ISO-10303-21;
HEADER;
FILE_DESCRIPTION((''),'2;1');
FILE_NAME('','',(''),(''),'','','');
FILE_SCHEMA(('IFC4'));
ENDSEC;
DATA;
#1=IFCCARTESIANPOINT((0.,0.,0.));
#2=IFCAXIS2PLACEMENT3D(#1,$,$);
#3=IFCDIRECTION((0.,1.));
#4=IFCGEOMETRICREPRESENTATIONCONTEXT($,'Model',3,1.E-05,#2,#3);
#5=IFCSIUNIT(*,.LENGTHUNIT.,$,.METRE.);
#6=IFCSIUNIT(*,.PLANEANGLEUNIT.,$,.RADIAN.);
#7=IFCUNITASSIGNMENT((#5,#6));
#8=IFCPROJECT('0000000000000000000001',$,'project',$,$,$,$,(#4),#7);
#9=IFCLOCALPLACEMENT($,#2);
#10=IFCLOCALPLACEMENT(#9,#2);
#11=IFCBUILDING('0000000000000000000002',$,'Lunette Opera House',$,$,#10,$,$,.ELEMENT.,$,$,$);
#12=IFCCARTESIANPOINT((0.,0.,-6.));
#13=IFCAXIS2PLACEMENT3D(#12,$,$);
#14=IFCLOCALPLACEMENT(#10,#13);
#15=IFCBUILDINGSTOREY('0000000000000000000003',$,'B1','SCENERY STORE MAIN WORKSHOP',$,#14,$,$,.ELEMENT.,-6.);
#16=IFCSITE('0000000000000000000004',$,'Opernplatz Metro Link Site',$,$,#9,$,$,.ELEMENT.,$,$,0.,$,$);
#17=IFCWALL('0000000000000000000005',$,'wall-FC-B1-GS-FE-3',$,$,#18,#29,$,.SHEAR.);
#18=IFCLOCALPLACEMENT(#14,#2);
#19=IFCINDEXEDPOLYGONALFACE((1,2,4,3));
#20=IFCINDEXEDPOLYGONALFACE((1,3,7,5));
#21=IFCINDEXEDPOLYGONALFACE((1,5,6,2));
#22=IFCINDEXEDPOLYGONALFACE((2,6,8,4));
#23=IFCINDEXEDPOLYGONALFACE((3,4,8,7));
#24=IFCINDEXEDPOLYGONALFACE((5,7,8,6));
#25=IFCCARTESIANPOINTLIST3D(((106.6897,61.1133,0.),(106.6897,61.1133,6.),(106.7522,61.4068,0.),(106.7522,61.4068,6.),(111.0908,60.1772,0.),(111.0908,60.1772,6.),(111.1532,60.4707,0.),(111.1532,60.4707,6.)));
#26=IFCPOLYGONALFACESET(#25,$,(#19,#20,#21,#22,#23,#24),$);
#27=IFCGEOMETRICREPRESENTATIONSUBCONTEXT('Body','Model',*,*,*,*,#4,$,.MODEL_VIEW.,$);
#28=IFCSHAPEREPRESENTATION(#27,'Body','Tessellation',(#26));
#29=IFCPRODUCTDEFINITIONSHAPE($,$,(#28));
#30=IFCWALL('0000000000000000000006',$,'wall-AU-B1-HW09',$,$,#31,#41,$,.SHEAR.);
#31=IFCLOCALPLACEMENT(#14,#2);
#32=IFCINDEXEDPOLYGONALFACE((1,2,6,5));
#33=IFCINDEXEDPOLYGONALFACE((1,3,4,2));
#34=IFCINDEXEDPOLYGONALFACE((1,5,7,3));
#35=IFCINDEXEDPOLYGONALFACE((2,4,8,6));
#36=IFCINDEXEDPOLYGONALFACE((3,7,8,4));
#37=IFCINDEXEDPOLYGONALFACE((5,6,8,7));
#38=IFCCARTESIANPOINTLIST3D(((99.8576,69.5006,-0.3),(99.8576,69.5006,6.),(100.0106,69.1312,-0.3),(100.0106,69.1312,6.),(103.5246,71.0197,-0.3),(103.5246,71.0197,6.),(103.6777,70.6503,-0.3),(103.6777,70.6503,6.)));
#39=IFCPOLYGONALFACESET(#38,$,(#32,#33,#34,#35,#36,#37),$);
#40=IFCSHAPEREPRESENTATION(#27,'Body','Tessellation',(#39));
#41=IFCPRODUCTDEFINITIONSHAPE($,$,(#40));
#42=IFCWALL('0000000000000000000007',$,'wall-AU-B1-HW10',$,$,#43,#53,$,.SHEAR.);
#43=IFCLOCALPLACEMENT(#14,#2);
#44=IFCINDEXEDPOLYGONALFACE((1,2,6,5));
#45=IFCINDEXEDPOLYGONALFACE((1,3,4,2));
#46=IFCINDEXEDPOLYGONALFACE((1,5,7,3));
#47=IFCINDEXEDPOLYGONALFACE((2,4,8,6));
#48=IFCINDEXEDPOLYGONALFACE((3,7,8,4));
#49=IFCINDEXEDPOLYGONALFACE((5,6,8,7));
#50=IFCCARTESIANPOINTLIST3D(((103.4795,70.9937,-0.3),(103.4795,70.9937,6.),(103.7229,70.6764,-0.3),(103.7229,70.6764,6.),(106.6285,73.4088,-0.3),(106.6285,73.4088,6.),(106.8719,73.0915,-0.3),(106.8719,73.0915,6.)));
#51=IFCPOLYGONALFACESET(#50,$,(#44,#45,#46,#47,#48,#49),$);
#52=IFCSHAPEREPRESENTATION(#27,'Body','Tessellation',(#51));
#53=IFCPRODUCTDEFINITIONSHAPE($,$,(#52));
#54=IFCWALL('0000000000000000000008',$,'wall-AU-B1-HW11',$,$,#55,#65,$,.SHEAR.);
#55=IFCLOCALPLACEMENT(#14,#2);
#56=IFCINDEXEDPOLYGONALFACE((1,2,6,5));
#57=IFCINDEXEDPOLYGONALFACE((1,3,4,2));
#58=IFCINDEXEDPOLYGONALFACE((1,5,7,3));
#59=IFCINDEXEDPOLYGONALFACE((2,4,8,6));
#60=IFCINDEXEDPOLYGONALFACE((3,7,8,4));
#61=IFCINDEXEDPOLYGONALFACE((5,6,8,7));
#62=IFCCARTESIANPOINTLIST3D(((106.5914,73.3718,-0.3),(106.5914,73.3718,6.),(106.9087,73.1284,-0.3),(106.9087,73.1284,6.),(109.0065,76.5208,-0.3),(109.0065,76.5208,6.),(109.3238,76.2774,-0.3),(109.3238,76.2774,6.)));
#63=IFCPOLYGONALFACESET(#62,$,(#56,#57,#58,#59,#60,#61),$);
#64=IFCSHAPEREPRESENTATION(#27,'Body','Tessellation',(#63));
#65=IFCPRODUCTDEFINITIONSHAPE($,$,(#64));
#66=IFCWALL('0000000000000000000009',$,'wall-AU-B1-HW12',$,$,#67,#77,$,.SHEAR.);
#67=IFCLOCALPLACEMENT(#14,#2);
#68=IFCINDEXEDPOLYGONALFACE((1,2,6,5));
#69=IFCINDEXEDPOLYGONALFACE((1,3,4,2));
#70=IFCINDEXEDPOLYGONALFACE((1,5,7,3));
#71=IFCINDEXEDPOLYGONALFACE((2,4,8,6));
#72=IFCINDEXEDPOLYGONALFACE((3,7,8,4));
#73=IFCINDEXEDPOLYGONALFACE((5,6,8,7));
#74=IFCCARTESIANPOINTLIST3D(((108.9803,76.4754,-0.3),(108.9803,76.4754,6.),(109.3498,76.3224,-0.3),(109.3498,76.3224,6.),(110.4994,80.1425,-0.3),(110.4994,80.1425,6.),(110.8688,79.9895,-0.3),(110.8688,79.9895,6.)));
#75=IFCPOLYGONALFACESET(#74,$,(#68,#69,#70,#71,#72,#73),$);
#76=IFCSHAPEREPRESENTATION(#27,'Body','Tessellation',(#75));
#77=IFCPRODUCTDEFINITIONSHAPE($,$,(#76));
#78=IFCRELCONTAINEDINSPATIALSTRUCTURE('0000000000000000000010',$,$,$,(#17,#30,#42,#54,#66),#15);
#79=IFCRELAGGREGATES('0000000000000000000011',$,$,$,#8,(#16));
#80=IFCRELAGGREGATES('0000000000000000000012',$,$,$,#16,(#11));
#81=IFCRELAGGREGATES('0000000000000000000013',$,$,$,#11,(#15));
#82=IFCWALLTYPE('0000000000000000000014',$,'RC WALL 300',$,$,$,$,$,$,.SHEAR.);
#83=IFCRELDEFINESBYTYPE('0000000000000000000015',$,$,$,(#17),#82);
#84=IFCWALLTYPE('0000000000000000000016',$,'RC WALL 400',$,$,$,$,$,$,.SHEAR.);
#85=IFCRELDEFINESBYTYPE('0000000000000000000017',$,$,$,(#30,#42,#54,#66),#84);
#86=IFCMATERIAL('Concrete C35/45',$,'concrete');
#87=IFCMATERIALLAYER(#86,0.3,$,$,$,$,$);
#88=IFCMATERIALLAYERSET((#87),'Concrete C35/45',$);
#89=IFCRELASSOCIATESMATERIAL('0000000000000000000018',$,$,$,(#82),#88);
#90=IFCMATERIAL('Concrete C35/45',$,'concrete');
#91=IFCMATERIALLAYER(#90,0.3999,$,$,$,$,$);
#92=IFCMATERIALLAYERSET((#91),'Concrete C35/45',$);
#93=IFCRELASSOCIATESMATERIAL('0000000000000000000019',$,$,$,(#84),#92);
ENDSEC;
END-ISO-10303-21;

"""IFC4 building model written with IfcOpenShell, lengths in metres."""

from ifc_helpers import new_model, si_unit, direction, frame, frame_2d, origin, place, context, subcontext, project, spatial, rectangle, extrude, material, layer, layer_set, type_object, element, save


model = new_model("IFC4")

# Units and contexts
model_context = context("Model", 3, precision=1e-05, world=origin(), true_north=direction((0.0, 1.0)))
body_context = subcontext(model_context, "Body", "Model", "MODEL_VIEW")
ifc_project = project(units=[si_unit("LENGTHUNIT", "METRE"), si_unit("PLANEANGLEUNIT", "RADIAN")], contexts=[model_context])

# Site, building, storey
site_placement = place(None, origin())
site = spatial("IfcSite", under=ifc_project, at=site_placement, Name="Opernplatz Metro Link Site", CompositionType="ELEMENT", RefElevation=0.0)
building_placement = place(site_placement, origin())
building = spatial("IfcBuilding", under=site, at=building_placement, Name="Lunette Opera House", CompositionType="ELEMENT")
storey_placement = place(building_placement, frame((0.0, 0.0, -6.0)))
storey = spatial("IfcBuildingStorey", under=building, at=storey_placement, Name="B1", Description="SCENERY STORE MAIN WORKSHOP", CompositionType="ELEMENT", Elevation=-6.0)

# Walls
ifc_material_1 = material(Name="Concrete C35/45", Category="concrete")
ifc_layer_1 = layer(ifc_material_1, 0.3)
ifc_layer_set_1 = layer_set([ifc_layer_1], Name="Concrete C35/45")
wall_type_1 = type_object("IfcWallType", Name="RC WALL 300", PredefinedType="SHEAR", material=ifc_layer_set_1)
wall_1_placement = place(storey_placement, frame((106.7209, 61.26, 0.0), z_axis=(0.0, 0.0, 1.0), x_axis=(0.978123, -0.208028, 0.0)))
element("IfcWall", 1, at=wall_1_placement, inside=storey, type_object=wall_type_1, Name="wall-FC-B1-GS-FE-3", PredefinedType="SHEAR", context=body_context, shape_type="SweptSolid", body=[
    extrude(rectangle(XDim=4.4995, YDim=0.3, at=frame_2d((2.2498, 0.0))), origin(), (0.0, 0.0, 1.0), 6.0),
])
ifc_material_2 = material(Name="Concrete C35/45", Category="concrete")
ifc_layer_2 = layer(ifc_material_2, 0.3999)
ifc_layer_set_2 = layer_set([ifc_layer_2], Name="Concrete C35/45")
wall_type_2 = type_object("IfcWallType", Name="RC WALL 400", PredefinedType="SHEAR", material=ifc_layer_set_2)
wall_2_placement = place(storey_placement, frame((99.9341, 69.3159, -0.3), z_axis=(0.0, 0.0, 1.0), x_axis=(0.923868, 0.38271, 0.0)))
element("IfcWall", 2, at=wall_2_placement, inside=storey, type_object=wall_type_2, Name="wall-AU-B1-HW09", PredefinedType="SHEAR", context=body_context, shape_type="SweptSolid", body=[
    extrude(rectangle(XDim=3.9692, YDim=0.3999, at=frame_2d((1.9846, 0.0))), origin(), (0.0, 0.0, 1.0), 6.3),
])
for number, where, z_axis, x_axis, name in (
    (3, (103.6011, 70.835, -0.3), (0.0, 0.0, 1.0), (0.793501, 0.608568, 0.0), "wall-AU-B1-HW10"),
    (4, (106.75, 73.25, -0.3), (0.0, 0.0, 1.0), (0.608568, 0.793501, 0.0), "wall-AU-B1-HW11"),
):
    element("IfcWall", number, at=place(storey_placement, frame(where, z_axis=z_axis, x_axis=x_axis)), inside=storey, type_object=wall_type_2, Name=name, PredefinedType="SHEAR", context=body_context, shape_type="SweptSolid", body=[
        extrude(rectangle(XDim=3.9685, YDim=0.3999, at=frame_2d((1.9844, 0.0))), origin(), (0.0, 0.0, 1.0), 6.3),
    ])
wall_3_placement = place(storey_placement, frame((109.165, 76.3989, -0.3), z_axis=(0.0, 0.0, 1.0), x_axis=(0.38271, 0.923868, 0.0)))
element("IfcWall", 5, at=wall_3_placement, inside=storey, type_object=wall_type_2, Name="wall-AU-B1-HW12", PredefinedType="SHEAR", context=body_context, shape_type="SweptSolid", body=[
    extrude(rectangle(XDim=3.9692, YDim=0.3999, at=frame_2d((1.9846, 0.0))), origin(), (0.0, 0.0, 1.0), 6.3),
])

save(model, "model.ifc")
